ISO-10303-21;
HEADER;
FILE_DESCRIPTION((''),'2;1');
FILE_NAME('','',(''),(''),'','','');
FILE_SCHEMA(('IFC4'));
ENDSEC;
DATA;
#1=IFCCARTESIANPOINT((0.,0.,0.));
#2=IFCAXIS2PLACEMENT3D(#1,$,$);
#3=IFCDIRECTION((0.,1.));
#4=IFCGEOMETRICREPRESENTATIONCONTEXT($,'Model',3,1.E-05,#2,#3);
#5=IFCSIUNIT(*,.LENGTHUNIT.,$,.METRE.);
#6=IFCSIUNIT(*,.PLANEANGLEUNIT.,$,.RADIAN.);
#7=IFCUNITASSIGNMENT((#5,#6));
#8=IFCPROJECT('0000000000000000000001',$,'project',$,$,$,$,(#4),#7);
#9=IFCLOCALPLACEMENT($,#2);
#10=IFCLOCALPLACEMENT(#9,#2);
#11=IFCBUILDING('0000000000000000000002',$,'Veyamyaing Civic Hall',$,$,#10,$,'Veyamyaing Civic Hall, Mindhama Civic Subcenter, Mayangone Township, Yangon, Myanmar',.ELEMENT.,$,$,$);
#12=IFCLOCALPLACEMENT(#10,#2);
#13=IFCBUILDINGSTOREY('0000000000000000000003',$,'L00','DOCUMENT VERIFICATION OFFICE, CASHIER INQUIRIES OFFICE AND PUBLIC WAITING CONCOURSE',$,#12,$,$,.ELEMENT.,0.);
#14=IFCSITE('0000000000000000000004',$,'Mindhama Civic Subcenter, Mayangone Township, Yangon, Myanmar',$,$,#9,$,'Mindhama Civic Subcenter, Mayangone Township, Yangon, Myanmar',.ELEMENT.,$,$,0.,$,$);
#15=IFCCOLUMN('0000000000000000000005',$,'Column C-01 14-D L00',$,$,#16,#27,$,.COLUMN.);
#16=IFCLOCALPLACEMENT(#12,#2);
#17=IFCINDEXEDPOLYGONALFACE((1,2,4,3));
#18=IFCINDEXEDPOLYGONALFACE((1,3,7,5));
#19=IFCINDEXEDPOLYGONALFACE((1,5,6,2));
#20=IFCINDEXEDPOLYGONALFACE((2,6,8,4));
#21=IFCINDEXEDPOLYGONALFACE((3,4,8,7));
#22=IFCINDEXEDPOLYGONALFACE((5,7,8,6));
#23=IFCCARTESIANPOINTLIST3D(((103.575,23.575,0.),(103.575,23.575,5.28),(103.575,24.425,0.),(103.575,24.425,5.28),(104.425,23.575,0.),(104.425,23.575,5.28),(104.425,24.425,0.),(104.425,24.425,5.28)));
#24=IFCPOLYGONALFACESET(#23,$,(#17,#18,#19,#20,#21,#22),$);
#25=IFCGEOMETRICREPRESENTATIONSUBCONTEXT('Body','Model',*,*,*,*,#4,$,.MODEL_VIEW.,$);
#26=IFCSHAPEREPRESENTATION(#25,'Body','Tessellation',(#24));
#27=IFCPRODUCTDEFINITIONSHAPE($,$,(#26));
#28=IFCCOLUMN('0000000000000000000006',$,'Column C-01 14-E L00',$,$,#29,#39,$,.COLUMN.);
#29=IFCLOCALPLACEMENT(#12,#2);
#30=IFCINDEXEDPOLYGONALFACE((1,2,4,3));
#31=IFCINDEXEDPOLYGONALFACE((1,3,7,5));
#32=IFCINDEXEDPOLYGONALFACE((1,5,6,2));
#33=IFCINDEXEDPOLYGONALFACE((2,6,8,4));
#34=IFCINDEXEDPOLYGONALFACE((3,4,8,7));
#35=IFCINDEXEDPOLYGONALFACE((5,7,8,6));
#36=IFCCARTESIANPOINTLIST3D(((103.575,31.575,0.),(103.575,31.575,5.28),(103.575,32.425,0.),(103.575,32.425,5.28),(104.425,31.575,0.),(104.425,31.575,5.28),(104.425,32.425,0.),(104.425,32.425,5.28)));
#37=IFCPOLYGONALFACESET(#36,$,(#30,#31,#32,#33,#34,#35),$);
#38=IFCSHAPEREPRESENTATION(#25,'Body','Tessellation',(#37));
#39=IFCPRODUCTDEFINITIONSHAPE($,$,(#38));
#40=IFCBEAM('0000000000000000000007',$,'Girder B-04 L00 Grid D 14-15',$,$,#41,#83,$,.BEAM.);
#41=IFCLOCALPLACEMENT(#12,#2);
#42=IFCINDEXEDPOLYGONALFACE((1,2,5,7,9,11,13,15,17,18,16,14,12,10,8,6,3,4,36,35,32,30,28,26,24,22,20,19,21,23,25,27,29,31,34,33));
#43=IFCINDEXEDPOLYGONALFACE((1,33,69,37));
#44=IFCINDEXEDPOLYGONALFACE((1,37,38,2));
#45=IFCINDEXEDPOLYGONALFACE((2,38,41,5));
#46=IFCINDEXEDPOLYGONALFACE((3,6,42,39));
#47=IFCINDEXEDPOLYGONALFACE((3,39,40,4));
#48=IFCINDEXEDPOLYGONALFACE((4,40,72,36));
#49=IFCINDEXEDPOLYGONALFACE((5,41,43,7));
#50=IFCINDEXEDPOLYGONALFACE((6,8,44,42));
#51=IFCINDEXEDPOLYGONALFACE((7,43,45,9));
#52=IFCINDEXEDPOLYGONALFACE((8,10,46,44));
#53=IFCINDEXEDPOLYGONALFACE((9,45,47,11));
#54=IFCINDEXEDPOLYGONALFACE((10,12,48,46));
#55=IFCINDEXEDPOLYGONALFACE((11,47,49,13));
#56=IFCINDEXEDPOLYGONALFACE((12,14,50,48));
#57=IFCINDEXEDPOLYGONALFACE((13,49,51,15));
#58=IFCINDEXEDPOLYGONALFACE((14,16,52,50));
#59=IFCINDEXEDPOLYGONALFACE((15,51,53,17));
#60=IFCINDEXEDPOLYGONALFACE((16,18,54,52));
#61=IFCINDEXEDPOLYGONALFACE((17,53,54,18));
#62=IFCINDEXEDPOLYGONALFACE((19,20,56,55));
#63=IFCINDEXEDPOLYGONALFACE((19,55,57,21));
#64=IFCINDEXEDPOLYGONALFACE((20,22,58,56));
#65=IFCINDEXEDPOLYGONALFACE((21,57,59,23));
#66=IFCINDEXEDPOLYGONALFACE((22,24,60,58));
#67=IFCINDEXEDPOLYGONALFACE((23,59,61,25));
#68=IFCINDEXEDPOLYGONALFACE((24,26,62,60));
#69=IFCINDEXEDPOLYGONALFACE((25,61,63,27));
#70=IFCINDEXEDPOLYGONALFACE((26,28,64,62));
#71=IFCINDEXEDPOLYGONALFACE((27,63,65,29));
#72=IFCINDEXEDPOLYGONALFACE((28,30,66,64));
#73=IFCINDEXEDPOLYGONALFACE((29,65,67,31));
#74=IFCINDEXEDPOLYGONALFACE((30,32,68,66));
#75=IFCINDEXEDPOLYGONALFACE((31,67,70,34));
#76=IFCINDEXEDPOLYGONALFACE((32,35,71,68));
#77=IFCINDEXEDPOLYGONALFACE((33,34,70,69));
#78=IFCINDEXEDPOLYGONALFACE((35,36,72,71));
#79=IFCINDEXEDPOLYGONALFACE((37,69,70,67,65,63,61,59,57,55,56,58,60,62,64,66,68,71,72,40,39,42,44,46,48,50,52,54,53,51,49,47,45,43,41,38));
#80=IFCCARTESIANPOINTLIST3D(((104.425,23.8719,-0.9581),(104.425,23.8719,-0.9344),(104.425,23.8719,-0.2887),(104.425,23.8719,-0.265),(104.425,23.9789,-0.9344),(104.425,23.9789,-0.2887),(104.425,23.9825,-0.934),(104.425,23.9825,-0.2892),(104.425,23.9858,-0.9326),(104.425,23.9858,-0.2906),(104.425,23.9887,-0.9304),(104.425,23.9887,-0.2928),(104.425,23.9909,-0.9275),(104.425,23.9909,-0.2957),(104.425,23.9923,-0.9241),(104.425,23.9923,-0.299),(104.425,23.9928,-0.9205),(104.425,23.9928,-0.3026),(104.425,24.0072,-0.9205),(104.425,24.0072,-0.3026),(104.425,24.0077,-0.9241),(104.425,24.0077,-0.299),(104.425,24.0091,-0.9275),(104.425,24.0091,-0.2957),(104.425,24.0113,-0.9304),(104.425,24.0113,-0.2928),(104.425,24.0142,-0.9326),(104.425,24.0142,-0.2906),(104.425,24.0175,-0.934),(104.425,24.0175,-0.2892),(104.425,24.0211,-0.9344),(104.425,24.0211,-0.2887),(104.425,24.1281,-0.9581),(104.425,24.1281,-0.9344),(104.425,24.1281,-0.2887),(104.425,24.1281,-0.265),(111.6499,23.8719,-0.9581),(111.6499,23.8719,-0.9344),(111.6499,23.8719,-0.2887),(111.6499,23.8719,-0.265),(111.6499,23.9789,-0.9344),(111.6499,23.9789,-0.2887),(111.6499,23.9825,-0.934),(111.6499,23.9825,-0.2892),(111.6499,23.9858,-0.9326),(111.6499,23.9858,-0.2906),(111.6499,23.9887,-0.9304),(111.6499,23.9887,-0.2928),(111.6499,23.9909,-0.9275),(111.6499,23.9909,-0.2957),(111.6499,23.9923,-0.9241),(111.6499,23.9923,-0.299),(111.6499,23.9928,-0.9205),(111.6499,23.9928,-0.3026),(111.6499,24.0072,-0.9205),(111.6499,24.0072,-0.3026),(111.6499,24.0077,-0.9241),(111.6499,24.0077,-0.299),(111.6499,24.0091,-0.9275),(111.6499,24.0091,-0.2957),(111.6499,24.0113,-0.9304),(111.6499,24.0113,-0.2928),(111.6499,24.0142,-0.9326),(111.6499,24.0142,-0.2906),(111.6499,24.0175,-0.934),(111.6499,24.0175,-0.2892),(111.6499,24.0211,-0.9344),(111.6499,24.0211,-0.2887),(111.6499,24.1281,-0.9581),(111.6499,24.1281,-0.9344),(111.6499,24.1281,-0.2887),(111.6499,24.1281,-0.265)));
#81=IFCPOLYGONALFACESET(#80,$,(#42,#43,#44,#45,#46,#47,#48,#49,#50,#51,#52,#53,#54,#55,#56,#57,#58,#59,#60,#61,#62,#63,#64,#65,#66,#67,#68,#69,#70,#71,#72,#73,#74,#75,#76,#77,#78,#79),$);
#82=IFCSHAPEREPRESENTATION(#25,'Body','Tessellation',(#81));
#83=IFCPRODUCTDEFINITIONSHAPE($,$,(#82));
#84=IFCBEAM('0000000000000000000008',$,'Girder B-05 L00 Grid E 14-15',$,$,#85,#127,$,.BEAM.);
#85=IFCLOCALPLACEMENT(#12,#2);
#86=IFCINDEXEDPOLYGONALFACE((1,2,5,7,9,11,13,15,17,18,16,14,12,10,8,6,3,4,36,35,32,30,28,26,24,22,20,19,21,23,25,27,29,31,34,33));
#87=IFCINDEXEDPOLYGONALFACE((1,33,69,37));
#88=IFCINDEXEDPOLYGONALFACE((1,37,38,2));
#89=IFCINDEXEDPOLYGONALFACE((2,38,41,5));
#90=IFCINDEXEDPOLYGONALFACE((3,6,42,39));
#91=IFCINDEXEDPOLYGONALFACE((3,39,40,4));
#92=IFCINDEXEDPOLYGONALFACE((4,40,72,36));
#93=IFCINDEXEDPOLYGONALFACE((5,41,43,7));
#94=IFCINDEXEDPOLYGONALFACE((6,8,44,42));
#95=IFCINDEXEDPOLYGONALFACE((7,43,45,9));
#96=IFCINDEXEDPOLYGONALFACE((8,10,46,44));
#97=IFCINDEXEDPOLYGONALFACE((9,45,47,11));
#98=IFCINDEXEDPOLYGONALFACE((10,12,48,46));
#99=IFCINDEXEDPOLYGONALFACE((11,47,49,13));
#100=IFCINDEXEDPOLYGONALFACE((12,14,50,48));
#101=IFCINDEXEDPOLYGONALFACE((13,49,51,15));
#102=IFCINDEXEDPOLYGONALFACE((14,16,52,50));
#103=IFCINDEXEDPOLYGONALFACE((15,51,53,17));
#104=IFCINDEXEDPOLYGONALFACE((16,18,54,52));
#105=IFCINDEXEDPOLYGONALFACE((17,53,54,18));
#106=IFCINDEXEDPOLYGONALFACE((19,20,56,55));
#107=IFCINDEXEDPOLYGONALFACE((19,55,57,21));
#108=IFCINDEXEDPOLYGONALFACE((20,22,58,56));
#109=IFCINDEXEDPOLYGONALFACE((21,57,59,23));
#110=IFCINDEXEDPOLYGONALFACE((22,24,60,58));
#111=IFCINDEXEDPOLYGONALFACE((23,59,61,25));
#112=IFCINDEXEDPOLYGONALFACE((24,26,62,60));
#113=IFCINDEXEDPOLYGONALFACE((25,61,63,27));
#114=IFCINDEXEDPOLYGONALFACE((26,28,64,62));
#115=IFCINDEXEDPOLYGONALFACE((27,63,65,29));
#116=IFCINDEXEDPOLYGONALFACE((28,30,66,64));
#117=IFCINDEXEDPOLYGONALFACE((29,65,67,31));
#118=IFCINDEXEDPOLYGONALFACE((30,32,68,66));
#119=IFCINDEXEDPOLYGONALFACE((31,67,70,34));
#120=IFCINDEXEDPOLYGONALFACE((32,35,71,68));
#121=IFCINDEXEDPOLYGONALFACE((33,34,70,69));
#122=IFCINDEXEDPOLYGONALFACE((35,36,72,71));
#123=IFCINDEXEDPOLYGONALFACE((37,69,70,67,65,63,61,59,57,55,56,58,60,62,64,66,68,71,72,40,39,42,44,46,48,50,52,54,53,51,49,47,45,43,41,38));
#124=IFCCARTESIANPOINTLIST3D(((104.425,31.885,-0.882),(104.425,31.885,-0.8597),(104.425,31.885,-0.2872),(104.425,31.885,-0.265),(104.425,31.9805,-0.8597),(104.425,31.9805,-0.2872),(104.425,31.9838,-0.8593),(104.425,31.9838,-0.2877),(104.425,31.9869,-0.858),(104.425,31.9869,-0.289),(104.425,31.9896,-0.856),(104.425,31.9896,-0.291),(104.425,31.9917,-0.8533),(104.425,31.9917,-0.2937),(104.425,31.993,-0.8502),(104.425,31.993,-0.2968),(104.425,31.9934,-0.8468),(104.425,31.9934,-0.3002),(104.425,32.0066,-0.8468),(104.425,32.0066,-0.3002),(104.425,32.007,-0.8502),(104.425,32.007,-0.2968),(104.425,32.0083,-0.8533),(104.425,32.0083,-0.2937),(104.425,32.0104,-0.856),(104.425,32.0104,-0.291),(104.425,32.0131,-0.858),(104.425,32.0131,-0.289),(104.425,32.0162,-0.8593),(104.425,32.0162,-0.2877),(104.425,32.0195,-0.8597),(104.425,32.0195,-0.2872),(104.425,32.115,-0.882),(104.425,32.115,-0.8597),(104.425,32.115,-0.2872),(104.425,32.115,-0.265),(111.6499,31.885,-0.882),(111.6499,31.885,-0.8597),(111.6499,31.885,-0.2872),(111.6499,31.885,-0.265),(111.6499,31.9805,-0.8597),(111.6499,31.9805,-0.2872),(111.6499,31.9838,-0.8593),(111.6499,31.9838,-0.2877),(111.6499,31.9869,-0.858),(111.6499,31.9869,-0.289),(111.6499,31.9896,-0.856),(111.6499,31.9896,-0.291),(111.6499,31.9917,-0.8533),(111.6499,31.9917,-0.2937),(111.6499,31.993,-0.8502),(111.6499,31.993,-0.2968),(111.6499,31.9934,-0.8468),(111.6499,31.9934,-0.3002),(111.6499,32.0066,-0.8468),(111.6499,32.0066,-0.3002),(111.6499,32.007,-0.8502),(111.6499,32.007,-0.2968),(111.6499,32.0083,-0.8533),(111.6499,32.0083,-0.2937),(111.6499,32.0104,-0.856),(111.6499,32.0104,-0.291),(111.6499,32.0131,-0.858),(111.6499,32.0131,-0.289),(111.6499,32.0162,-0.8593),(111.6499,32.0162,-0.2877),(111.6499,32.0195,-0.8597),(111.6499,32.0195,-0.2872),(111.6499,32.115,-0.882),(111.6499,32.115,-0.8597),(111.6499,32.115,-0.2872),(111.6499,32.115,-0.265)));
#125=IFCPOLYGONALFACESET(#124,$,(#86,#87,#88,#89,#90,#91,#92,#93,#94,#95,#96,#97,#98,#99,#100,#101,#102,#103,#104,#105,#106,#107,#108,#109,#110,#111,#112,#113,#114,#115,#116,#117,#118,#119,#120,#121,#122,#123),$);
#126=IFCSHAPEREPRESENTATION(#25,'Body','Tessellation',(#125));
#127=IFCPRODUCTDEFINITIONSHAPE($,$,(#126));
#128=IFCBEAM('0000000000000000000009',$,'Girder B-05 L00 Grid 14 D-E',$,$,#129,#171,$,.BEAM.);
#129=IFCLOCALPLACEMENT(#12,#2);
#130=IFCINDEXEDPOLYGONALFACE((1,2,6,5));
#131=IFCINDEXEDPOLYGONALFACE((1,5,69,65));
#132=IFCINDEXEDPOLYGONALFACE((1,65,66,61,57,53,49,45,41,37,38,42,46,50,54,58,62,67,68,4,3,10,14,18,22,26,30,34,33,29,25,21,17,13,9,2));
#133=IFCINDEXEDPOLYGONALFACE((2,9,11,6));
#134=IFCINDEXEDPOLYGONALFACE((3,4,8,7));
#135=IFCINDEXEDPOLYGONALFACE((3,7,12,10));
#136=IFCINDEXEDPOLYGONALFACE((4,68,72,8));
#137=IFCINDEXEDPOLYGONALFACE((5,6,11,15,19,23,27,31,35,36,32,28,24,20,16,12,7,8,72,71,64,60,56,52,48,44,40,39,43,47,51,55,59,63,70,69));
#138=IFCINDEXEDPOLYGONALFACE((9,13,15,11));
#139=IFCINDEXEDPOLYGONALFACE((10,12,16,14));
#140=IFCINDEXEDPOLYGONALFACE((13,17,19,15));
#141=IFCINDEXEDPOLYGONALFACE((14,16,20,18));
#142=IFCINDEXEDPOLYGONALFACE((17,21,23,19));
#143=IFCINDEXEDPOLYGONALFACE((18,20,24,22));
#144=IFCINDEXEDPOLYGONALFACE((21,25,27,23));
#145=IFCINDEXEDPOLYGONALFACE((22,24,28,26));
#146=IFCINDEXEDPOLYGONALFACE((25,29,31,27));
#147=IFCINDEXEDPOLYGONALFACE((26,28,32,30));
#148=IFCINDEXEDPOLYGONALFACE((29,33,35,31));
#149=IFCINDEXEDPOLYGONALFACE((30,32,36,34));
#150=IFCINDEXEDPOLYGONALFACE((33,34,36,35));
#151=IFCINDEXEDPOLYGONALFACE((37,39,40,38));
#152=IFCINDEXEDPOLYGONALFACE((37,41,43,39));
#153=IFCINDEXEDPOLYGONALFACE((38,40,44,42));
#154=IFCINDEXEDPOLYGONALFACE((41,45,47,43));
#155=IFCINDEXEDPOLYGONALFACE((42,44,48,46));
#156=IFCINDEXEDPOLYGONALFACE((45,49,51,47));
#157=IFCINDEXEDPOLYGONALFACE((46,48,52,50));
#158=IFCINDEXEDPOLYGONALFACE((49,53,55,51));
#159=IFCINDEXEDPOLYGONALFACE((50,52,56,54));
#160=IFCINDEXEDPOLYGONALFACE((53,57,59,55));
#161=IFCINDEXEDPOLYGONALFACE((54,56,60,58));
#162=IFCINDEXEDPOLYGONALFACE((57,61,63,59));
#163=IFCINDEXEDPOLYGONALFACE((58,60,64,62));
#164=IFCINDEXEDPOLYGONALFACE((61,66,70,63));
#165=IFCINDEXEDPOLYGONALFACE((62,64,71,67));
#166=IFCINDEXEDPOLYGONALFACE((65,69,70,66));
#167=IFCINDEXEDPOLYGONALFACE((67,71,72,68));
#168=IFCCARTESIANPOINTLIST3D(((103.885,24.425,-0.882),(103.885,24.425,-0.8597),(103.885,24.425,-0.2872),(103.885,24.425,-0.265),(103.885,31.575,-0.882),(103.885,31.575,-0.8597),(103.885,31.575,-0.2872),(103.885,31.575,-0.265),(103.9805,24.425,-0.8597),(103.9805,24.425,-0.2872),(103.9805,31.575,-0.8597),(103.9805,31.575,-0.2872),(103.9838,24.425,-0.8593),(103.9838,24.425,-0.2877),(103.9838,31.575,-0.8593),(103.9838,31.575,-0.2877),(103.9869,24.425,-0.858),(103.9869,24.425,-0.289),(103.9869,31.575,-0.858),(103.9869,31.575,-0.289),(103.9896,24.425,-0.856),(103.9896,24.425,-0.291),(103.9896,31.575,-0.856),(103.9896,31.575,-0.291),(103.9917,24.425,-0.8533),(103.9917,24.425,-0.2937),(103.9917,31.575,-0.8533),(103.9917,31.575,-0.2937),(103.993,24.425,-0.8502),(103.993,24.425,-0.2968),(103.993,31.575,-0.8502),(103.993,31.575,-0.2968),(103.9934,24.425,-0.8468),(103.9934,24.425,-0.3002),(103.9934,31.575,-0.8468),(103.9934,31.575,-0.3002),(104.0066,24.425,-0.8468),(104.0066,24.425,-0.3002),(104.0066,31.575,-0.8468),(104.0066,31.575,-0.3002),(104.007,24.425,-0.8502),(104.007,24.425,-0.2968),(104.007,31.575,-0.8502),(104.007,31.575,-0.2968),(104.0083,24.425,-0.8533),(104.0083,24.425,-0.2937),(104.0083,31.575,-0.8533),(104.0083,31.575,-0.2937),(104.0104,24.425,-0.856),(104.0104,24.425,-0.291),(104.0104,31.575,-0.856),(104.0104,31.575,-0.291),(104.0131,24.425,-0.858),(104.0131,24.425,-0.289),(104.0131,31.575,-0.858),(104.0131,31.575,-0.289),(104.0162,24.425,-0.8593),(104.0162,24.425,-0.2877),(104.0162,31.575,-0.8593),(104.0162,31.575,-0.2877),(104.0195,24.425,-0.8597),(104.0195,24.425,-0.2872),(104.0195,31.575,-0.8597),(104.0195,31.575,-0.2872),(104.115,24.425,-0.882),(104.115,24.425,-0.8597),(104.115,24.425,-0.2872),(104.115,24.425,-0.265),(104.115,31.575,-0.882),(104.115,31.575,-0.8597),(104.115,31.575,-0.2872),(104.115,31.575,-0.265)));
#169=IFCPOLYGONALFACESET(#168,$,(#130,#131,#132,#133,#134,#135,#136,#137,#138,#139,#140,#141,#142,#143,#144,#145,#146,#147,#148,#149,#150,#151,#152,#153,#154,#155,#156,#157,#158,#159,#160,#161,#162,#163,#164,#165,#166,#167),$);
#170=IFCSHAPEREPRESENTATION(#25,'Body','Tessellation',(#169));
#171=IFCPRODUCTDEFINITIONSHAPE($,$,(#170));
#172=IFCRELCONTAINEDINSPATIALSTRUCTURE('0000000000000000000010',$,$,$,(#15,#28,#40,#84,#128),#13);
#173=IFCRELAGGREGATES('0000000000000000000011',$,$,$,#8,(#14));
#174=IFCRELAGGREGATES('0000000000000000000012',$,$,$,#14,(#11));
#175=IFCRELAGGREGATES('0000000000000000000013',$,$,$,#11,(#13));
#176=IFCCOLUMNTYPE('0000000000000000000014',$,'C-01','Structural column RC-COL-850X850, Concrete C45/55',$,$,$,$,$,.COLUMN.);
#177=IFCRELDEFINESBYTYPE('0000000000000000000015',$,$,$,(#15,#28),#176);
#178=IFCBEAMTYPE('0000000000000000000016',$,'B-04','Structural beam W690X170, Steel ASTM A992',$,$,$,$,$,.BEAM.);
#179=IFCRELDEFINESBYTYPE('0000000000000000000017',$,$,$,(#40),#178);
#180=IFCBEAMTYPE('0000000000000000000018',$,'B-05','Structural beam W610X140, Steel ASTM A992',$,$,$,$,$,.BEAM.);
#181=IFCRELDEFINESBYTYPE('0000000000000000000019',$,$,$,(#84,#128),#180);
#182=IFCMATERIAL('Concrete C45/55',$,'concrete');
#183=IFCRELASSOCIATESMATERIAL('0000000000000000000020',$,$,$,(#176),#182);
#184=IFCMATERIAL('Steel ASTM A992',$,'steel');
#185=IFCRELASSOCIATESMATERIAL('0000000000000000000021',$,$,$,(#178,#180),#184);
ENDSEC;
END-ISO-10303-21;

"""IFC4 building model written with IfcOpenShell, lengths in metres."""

from ifc_helpers import new_model, si_unit, direction, frame, origin, origin_2d, place, context, subcontext, project, spatial, rectangle, i_section, extrude, material, material_profile, profile_set, type_object, element, save


model = new_model("IFC4")

# Units and contexts
model_context = context("Model", 3, precision=1e-05, world=origin(), true_north=direction((0.0, 1.0)))
body_context = subcontext(model_context, "Body", "Model", "MODEL_VIEW")
ifc_project = project(units=[si_unit("LENGTHUNIT", "METRE"), si_unit("PLANEANGLEUNIT", "RADIAN")], contexts=[model_context])

# Site, building, storey
site_placement = place(None, origin())
site = spatial("IfcSite", under=ifc_project, at=site_placement, Name="Mindhama Civic Subcenter, Mayangone Township, Yangon, Myanmar", LongName="Mindhama Civic Subcenter, Mayangone Township, Yangon, Myanmar", CompositionType="ELEMENT", RefElevation=0.0)
building_placement = place(site_placement, origin())
building = spatial("IfcBuilding", under=site, at=building_placement, Name="Veyamyaing Civic Hall", LongName="Veyamyaing Civic Hall, Mindhama Civic Subcenter, Mayangone Township, Yangon, Myanmar", CompositionType="ELEMENT")
storey_placement = place(building_placement, origin())
storey = spatial("IfcBuildingStorey", under=building, at=storey_placement, Name="L00", Description="DOCUMENT VERIFICATION OFFICE, CASHIER INQUIRIES OFFICE AND PUBLIC WAITING CONCOURSE", CompositionType="ELEMENT", Elevation=0.0)

# Columns
ifc_material_1 = material(Name="Concrete C45/55", Category="concrete")
ifc_material_profile_1 = material_profile(ifc_material_1, rectangle(XDim=0.8501, YDim=0.8501, at=origin_2d()), Name="RC-COL-850X850")
ifc_profile_set_1 = profile_set([ifc_material_profile_1], Name="Concrete C45/55")
column_type = type_object("IfcColumnType", Name="C-01", Description="Structural column RC-COL-850X850, Concrete C45/55", PredefinedType="COLUMN", material=ifc_profile_set_1)
for number, where, z_axis, x_axis, name in (
    (1, (104.0, 24.0, 0.0), (0.0, 0.0, 1.0), (1.0, 0.0, 0.0), "Column C-01 14-D L00"),
    (2, (104.0, 32.0, 0.0), (0.0, 0.0, 1.0), (1.0, 0.0, 0.0), "Column C-01 14-E L00"),
):
    element("IfcColumn", number, at=place(storey_placement, frame(where, z_axis=z_axis, x_axis=x_axis)), inside=storey, type_object=column_type, Name=name, PredefinedType="COLUMN", context=body_context, shape_type="SweptSolid", body=[
        extrude(rectangle(XDim=0.8501, YDim=0.8501, at=origin_2d()), origin(), (0.0, 0.0, 1.0), 5.28),
    ])

# Beams
ifc_material_2 = material(Name="Steel ASTM A992", Category="steel")
ifc_material_profile_2 = material_profile(ifc_material_2, i_section(OverallWidth=0.2561, OverallDepth=0.6931, WebThickness=0.0144, FlangeThickness=0.0237, FilletRadius=0.0139, at=origin_2d()), Name="W690X170")
ifc_profile_set_2 = profile_set([ifc_material_profile_2], Name="Steel ASTM A992")
beam_type_1 = type_object("IfcBeamType", Name="B-04", Description="Structural beam W690X170, Steel ASTM A992", PredefinedType="BEAM", material=ifc_profile_set_2)
beam_1_placement = place(storey_placement, frame((104.425, 24.0, -0.6116), z_axis=(1.0, 0.0, 0.0), x_axis=(0.0, 1.0, 0.0)))
element("IfcBeam", 3, at=beam_1_placement, inside=storey, type_object=beam_type_1, Name="Girder B-04 L00 Grid D 14-15", PredefinedType="BEAM", context=body_context, shape_type="SweptSolid", body=[
    extrude(i_section(OverallWidth=0.2561, OverallDepth=0.6931, WebThickness=0.0144, FlangeThickness=0.0237, FilletRadius=0.0139, at=origin_2d()), origin(), (0.0, 0.0, 1.0), 7.2249),
])
ifc_material_profile_3 = material_profile(ifc_material_2, i_section(OverallWidth=0.23, OverallDepth=0.6169, WebThickness=0.0132, FlangeThickness=0.0222, FilletRadius=0.0129, at=origin_2d()), Name="W610X140")
ifc_profile_set_3 = profile_set([ifc_material_profile_3], Name="Steel ASTM A992")
beam_type_2 = type_object("IfcBeamType", Name="B-05", Description="Structural beam W610X140, Steel ASTM A992", PredefinedType="BEAM", material=ifc_profile_set_3)
beam_2_placement = place(storey_placement, frame((104.425, 32.0, -0.5735), z_axis=(1.0, 0.0, 0.0), x_axis=(0.0, 1.0, 0.0)))
element("IfcBeam", 4, at=beam_2_placement, inside=storey, type_object=beam_type_2, Name="Girder B-05 L00 Grid E 14-15", PredefinedType="BEAM", context=body_context, shape_type="SweptSolid", body=[
    extrude(i_section(OverallWidth=0.23, OverallDepth=0.6169, WebThickness=0.0132, FlangeThickness=0.0222, FilletRadius=0.0129, at=origin_2d()), origin(), (0.0, 0.0, 1.0), 7.2249),
])
beam_3_placement = place(storey_placement, frame((104.0, 24.425, -0.5735), z_axis=(0.0, 1.0, 0.0), x_axis=(-1.0, 0.0, 0.0)))
element("IfcBeam", 5, at=beam_3_placement, inside=storey, type_object=beam_type_2, Name="Girder B-05 L00 Grid 14 D-E", PredefinedType="BEAM", context=body_context, shape_type="SweptSolid", body=[
    extrude(i_section(OverallWidth=0.23, OverallDepth=0.6169, WebThickness=0.0132, FlangeThickness=0.0222, FilletRadius=0.0129, at=origin_2d()), origin(), (0.0, 0.0, 1.0), 7.1499),
])

save(model, "model.ifc")
